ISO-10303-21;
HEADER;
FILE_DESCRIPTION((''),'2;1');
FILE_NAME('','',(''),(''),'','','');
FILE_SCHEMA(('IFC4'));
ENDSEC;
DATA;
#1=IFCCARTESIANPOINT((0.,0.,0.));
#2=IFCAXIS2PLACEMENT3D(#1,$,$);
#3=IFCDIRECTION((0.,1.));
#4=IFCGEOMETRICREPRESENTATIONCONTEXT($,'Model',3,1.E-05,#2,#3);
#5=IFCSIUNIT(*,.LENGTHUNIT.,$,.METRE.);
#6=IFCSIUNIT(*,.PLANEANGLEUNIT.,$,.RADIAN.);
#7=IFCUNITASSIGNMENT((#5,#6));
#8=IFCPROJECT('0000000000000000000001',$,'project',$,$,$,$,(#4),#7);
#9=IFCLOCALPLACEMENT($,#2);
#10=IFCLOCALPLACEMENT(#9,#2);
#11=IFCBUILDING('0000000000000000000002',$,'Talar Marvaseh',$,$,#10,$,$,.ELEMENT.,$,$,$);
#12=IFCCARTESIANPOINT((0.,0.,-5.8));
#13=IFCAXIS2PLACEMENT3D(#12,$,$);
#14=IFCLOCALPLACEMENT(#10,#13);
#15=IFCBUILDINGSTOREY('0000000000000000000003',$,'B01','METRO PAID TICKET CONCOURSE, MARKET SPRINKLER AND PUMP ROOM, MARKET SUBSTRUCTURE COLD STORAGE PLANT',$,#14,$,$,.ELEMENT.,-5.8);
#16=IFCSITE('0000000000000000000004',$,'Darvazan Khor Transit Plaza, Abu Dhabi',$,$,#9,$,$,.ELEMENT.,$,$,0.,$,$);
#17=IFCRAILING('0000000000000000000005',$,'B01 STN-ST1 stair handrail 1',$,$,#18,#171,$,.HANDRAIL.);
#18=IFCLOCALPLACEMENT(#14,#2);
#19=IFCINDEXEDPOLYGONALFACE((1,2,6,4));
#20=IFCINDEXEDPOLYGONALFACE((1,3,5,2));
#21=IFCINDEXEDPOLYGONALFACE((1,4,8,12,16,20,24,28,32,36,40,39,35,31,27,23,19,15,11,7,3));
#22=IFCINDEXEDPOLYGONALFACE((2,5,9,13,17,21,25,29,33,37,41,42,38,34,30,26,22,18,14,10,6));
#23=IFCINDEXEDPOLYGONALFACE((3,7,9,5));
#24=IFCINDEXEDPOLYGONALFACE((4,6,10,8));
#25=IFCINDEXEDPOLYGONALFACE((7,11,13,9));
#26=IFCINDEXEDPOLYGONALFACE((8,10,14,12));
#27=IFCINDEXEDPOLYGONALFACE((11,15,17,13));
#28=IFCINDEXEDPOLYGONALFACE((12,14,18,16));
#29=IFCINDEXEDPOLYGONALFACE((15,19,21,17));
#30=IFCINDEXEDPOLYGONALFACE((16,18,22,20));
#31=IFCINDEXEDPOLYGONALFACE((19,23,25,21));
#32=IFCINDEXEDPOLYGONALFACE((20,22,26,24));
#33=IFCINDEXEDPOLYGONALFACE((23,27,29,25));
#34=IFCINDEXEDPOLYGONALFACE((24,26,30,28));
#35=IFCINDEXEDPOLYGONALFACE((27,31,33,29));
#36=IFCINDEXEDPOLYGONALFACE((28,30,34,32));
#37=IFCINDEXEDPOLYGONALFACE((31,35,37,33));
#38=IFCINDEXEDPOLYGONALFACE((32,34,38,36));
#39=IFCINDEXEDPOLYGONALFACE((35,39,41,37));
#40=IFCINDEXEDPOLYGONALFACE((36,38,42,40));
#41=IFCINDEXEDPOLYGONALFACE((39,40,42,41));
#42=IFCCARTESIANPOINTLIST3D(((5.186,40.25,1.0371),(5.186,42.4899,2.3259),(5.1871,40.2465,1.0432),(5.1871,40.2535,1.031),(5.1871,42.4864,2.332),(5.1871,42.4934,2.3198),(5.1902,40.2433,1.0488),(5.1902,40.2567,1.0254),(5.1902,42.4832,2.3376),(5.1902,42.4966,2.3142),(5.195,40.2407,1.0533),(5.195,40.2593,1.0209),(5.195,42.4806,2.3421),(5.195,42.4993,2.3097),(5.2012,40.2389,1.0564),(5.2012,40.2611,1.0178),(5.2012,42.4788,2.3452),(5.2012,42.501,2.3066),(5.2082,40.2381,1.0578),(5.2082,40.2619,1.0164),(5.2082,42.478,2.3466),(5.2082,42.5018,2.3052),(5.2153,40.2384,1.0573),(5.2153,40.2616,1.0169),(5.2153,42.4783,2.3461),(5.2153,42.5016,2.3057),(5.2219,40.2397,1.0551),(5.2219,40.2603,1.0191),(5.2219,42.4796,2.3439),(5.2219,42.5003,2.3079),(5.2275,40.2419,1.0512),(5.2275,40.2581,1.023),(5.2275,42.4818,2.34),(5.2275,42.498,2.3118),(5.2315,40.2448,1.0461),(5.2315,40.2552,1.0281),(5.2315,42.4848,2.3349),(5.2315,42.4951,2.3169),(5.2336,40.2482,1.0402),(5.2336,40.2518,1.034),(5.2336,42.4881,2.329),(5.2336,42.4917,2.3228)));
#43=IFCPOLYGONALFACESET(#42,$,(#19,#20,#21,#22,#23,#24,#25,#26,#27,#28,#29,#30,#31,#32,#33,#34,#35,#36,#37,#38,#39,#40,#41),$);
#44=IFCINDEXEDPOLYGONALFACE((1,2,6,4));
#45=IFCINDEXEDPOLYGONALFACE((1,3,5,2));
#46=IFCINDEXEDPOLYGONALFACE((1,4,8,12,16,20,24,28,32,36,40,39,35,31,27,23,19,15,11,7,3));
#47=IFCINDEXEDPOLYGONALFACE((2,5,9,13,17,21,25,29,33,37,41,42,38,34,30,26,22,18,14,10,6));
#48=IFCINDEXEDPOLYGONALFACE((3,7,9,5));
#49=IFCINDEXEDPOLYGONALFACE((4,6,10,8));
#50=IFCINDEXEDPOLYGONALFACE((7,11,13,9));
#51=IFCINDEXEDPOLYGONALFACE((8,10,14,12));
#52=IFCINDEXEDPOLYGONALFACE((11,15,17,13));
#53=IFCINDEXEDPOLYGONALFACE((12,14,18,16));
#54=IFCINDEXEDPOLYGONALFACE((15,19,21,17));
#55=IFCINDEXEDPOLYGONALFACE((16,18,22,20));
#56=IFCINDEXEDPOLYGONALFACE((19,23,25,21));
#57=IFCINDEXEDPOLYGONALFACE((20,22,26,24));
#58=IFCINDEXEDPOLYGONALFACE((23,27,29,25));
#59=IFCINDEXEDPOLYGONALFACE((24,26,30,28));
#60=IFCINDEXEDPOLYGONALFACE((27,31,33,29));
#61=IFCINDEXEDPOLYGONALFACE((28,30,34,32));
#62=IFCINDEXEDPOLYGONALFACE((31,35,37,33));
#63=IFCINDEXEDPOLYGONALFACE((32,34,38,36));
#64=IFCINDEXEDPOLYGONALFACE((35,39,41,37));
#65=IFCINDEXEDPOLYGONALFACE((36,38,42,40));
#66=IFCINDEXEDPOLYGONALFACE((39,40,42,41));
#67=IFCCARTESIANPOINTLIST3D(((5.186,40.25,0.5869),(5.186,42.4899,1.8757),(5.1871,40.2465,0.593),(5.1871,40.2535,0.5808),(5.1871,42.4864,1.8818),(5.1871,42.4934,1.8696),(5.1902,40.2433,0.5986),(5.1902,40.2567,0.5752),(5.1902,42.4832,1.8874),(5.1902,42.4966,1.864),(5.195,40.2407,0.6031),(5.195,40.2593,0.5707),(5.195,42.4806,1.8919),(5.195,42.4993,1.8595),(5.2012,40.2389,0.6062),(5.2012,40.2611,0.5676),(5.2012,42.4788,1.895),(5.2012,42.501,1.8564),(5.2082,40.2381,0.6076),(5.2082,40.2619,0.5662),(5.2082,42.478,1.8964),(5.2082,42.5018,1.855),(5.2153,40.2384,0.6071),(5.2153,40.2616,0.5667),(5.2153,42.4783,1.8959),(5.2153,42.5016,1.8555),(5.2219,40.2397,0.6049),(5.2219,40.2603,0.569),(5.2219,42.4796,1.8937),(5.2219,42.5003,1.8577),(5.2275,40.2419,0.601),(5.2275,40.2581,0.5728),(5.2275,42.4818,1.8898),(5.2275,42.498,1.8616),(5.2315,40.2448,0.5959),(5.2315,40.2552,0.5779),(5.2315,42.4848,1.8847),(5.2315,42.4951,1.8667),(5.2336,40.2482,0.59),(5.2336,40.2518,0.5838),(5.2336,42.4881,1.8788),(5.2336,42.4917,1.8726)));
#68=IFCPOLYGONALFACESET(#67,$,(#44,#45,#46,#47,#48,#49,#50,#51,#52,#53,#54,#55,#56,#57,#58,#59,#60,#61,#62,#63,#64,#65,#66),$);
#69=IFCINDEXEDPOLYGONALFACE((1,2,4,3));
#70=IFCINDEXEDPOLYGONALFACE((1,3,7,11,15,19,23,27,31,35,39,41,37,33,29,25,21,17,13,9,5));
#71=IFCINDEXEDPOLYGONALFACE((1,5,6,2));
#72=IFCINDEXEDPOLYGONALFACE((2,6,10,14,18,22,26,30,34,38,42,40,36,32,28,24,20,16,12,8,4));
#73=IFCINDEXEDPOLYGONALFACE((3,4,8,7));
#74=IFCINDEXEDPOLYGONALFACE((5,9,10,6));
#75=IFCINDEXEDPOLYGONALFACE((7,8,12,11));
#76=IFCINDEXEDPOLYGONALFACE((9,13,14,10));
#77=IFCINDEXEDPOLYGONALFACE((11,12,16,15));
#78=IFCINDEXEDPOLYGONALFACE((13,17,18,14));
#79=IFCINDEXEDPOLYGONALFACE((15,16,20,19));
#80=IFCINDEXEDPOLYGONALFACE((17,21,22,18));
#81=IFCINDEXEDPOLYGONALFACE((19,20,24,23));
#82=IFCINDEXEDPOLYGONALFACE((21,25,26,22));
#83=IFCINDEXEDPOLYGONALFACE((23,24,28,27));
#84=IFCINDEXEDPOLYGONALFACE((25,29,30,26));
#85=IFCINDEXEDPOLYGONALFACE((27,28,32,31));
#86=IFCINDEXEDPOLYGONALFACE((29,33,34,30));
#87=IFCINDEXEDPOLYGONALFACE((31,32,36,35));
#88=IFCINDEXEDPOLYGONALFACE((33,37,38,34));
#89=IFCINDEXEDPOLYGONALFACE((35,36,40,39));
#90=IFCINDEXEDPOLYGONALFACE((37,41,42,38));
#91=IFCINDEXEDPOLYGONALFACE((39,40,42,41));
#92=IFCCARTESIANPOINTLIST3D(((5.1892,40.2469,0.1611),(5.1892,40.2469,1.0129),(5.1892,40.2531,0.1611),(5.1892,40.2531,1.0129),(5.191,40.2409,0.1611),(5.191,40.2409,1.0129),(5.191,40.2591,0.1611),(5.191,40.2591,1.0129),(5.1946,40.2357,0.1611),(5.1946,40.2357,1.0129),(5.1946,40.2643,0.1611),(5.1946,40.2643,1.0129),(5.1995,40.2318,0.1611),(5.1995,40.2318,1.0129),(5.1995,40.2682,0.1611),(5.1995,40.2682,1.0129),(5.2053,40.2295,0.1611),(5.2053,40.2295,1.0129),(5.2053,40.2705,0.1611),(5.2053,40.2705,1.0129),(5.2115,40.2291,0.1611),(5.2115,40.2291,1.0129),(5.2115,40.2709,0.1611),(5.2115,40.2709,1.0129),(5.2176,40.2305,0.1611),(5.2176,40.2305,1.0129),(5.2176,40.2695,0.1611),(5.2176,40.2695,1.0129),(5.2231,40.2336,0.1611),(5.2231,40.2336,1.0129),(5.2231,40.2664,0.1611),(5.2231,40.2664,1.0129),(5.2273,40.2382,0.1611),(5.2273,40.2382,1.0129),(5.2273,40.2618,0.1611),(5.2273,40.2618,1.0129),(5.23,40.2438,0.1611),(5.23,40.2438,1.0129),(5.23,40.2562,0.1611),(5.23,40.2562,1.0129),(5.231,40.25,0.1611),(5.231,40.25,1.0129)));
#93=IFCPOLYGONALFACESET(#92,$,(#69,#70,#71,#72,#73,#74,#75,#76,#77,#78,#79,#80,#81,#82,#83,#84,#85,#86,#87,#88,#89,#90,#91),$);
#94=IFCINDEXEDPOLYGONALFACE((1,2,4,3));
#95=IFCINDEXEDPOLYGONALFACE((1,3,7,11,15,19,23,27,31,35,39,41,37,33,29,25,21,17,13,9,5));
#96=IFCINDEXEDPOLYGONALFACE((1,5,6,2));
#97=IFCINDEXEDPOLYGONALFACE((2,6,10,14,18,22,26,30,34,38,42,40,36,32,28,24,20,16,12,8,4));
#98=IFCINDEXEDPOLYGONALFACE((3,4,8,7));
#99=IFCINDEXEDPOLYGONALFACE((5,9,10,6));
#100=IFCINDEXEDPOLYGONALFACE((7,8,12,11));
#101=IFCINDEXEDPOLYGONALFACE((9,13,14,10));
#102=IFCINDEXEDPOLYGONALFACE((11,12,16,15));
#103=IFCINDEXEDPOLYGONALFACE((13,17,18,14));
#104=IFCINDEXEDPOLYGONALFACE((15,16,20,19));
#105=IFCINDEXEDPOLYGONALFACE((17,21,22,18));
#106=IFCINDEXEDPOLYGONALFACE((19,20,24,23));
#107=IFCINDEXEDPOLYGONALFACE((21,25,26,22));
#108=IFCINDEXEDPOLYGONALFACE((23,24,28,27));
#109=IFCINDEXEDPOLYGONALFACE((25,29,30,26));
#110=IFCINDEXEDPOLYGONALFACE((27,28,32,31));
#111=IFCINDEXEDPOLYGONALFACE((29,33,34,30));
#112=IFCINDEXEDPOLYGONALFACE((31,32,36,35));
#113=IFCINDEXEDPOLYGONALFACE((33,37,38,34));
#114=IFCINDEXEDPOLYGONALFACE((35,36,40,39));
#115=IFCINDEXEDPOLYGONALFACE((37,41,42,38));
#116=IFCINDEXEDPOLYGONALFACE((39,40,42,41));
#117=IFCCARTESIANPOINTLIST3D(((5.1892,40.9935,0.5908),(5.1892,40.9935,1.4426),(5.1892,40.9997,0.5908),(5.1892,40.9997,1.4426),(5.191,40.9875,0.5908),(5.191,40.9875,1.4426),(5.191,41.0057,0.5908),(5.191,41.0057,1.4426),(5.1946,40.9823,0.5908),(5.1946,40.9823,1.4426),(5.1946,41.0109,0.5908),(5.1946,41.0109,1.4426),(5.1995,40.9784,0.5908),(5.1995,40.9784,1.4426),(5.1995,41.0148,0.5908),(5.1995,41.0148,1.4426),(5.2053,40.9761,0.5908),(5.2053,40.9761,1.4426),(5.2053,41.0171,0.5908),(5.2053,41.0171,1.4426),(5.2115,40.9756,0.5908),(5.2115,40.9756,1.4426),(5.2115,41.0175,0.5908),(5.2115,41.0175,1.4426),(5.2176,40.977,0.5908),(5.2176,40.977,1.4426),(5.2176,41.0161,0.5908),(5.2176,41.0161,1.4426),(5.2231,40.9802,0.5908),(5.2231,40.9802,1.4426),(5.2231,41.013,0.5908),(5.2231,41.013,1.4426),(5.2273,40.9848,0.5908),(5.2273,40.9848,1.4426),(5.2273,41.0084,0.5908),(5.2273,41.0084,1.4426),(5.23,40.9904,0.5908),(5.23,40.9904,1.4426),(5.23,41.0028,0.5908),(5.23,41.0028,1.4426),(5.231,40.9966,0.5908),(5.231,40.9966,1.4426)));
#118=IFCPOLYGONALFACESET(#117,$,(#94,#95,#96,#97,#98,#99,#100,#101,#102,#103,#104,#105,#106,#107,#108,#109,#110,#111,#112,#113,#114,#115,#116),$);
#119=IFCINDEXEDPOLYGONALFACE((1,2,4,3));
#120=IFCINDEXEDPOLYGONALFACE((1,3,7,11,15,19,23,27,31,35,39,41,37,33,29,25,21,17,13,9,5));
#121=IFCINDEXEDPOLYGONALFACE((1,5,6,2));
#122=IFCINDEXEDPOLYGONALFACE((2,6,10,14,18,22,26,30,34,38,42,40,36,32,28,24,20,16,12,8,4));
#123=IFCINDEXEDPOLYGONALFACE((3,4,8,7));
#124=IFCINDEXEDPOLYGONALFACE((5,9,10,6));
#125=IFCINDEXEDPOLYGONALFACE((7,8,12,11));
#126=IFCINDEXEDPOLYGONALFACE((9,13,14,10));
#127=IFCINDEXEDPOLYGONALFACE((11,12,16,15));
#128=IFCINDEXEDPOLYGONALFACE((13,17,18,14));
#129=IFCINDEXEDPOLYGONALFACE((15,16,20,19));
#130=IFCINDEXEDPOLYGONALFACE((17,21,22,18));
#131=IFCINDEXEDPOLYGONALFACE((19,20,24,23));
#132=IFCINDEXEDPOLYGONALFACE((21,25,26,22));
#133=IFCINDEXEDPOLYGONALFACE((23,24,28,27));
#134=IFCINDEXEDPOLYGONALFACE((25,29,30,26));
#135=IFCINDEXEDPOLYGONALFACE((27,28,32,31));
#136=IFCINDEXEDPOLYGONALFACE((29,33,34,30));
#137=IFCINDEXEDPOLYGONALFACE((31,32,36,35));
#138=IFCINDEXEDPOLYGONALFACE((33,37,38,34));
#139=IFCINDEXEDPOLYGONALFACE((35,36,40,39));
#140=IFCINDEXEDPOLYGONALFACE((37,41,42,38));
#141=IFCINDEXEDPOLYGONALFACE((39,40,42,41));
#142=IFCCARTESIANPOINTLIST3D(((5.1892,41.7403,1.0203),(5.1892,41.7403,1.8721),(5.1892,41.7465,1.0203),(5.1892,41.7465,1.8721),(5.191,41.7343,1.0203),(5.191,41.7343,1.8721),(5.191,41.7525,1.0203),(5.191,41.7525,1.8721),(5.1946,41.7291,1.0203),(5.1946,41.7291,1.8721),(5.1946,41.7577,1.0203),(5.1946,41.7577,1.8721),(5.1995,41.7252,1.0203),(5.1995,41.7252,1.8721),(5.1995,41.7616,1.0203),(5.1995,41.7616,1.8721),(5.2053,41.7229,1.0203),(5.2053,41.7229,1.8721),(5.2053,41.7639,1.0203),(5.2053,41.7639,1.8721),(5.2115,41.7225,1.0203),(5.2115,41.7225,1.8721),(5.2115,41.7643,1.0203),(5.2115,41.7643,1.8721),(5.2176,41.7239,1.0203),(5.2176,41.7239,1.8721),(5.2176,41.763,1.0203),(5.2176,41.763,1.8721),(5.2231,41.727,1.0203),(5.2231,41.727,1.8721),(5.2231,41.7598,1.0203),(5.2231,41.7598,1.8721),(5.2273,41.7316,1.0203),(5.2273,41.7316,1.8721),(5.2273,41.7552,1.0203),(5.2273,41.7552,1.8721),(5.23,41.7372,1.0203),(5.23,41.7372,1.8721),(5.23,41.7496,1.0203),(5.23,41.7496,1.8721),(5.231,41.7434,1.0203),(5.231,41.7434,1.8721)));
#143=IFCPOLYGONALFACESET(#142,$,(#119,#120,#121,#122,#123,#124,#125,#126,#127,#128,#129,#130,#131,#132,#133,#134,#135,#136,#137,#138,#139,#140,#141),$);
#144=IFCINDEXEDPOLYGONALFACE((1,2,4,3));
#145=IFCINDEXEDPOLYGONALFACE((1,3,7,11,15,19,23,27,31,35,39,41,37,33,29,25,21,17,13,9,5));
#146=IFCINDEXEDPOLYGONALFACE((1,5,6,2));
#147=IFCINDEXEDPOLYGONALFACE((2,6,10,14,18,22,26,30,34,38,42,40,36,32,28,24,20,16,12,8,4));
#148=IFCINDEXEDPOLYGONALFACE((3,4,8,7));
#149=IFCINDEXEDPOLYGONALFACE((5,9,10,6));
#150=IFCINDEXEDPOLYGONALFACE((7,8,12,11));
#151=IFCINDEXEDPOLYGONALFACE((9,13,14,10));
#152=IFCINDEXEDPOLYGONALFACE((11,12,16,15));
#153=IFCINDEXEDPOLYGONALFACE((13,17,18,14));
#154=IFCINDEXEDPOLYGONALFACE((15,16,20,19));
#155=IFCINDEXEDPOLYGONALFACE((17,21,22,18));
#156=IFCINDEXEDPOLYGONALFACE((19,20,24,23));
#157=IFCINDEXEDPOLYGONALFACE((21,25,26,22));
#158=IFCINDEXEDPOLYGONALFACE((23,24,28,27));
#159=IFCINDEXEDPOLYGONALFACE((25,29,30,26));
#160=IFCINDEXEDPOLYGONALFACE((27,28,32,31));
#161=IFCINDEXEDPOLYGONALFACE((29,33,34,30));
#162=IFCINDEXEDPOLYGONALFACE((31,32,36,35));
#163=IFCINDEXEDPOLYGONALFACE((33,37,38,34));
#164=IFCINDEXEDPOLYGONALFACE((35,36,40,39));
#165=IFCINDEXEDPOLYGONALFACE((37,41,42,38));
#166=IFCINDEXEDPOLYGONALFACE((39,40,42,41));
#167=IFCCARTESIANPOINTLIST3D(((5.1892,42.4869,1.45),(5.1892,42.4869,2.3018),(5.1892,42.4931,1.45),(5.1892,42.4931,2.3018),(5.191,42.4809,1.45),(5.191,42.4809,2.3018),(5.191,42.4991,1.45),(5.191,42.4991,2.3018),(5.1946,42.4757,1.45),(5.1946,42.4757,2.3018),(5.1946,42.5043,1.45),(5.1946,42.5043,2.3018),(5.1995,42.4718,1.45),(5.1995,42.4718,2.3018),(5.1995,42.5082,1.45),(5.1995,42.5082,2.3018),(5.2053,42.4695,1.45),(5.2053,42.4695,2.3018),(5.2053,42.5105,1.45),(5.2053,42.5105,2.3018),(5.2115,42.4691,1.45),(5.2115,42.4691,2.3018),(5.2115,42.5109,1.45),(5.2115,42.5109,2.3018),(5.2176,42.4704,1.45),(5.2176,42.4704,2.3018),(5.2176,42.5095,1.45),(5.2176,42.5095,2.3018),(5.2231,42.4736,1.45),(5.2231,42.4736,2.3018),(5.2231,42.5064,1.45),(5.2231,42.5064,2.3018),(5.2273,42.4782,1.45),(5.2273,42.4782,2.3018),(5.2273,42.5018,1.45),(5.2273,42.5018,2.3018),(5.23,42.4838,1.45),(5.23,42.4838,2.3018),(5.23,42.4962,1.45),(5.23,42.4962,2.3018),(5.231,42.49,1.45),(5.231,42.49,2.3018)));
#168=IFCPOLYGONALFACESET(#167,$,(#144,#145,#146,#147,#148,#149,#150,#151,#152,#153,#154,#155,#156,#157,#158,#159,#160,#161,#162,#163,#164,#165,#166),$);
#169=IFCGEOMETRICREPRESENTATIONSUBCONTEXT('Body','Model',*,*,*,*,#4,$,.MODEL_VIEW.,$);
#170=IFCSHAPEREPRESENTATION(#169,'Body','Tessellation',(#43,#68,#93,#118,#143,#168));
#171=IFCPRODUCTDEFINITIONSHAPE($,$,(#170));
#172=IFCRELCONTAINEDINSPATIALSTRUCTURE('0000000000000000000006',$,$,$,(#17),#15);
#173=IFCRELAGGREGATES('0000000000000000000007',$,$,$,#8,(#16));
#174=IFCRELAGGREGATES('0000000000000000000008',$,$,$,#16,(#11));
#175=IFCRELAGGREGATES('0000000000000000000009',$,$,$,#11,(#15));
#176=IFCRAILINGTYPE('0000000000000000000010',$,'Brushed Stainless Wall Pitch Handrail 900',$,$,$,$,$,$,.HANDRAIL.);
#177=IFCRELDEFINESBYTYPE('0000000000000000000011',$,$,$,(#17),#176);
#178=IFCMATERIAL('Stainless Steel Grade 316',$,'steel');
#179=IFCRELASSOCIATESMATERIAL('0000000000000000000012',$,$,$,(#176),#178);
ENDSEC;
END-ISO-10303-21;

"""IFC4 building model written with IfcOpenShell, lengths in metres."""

from ifc_helpers import new_model, si_unit, direction, frame, origin, origin_2d, place, context, subcontext, project, spatial, circle, extrude, material, type_object, element, save


model = new_model("IFC4")

# Units and contexts
model_context = context("Model", 3, precision=1e-05, world=origin(), true_north=direction((0.0, 1.0)))
body_context = subcontext(model_context, "Body", "Model", "MODEL_VIEW")
ifc_project = project(units=[si_unit("LENGTHUNIT", "METRE"), si_unit("PLANEANGLEUNIT", "RADIAN")], contexts=[model_context])

# Site, building, storey
site_placement = place(None, origin())
site = spatial("IfcSite", under=ifc_project, at=site_placement, Name="Darvazan Khor Transit Plaza, Abu Dhabi", CompositionType="ELEMENT", RefElevation=0.0)
building_placement = place(site_placement, origin())
building = spatial("IfcBuilding", under=site, at=building_placement, Name="Talar Marvaseh", CompositionType="ELEMENT")
storey_placement = place(building_placement, frame((0.0, 0.0, -5.8)))
storey = spatial("IfcBuildingStorey", under=building, at=storey_placement, Name="B01", Description="METRO PAID TICKET CONCOURSE, MARKET SPRINKLER AND PUMP ROOM, MARKET SUBSTRUCTURE COLD STORAGE PLANT", CompositionType="ELEMENT", Elevation=-5.8)

# Railing
ifc_material_1 = material(Name="Stainless Steel Grade 316", Category="steel")
railing_type_1 = type_object("IfcRailingType", Name="Brushed Stainless Wall Pitch Handrail 900", PredefinedType="HANDRAIL", material=ifc_material_1)
railing_1_placement = place(storey_placement, frame((5.21, 40.25, 0.1611)))
element("IfcRailing", 1, at=railing_1_placement, inside=storey, type_object=railing_type_1, Name="B01 STN-ST1 stair handrail 1", PredefinedType="HANDRAIL", context=body_context, shape_type="SweptSolid", body=[
    extrude(circle(Radius=0.0239, at=origin_2d()), frame((0.0, 0.0, 0.876), z_axis=(0.0, 0.866768, 0.498711), x_axis=(-1.0, 0.0, 0.0)), (0.0, 0.0, 1.0), 2.5842),
    extrude(circle(Radius=0.0239, at=origin_2d()), frame((0.0, 0.0, 0.4258), z_axis=(0.0, 0.866768, 0.498711), x_axis=(-1.0, 0.0, 0.0)), (0.0, 0.0, 1.0), 2.5842),
    extrude(circle(Radius=0.021, at=origin_2d()), origin(), (0.0, 0.0, 1.0), 0.8518),
    extrude(circle(Radius=0.021, at=origin_2d()), frame((0.0, 0.7466, 0.4297)), (0.0, 0.0, 1.0), 0.8518),
    extrude(circle(Radius=0.021, at=origin_2d()), frame((0.0, 1.4934, 0.8591)), (0.0, 0.0, 1.0), 0.8518),
    extrude(circle(Radius=0.021, at=origin_2d()), frame((0.0, 2.24, 1.2888)), (0.0, 0.0, 1.0), 0.8518),
])

save(model, "model.ifc")
